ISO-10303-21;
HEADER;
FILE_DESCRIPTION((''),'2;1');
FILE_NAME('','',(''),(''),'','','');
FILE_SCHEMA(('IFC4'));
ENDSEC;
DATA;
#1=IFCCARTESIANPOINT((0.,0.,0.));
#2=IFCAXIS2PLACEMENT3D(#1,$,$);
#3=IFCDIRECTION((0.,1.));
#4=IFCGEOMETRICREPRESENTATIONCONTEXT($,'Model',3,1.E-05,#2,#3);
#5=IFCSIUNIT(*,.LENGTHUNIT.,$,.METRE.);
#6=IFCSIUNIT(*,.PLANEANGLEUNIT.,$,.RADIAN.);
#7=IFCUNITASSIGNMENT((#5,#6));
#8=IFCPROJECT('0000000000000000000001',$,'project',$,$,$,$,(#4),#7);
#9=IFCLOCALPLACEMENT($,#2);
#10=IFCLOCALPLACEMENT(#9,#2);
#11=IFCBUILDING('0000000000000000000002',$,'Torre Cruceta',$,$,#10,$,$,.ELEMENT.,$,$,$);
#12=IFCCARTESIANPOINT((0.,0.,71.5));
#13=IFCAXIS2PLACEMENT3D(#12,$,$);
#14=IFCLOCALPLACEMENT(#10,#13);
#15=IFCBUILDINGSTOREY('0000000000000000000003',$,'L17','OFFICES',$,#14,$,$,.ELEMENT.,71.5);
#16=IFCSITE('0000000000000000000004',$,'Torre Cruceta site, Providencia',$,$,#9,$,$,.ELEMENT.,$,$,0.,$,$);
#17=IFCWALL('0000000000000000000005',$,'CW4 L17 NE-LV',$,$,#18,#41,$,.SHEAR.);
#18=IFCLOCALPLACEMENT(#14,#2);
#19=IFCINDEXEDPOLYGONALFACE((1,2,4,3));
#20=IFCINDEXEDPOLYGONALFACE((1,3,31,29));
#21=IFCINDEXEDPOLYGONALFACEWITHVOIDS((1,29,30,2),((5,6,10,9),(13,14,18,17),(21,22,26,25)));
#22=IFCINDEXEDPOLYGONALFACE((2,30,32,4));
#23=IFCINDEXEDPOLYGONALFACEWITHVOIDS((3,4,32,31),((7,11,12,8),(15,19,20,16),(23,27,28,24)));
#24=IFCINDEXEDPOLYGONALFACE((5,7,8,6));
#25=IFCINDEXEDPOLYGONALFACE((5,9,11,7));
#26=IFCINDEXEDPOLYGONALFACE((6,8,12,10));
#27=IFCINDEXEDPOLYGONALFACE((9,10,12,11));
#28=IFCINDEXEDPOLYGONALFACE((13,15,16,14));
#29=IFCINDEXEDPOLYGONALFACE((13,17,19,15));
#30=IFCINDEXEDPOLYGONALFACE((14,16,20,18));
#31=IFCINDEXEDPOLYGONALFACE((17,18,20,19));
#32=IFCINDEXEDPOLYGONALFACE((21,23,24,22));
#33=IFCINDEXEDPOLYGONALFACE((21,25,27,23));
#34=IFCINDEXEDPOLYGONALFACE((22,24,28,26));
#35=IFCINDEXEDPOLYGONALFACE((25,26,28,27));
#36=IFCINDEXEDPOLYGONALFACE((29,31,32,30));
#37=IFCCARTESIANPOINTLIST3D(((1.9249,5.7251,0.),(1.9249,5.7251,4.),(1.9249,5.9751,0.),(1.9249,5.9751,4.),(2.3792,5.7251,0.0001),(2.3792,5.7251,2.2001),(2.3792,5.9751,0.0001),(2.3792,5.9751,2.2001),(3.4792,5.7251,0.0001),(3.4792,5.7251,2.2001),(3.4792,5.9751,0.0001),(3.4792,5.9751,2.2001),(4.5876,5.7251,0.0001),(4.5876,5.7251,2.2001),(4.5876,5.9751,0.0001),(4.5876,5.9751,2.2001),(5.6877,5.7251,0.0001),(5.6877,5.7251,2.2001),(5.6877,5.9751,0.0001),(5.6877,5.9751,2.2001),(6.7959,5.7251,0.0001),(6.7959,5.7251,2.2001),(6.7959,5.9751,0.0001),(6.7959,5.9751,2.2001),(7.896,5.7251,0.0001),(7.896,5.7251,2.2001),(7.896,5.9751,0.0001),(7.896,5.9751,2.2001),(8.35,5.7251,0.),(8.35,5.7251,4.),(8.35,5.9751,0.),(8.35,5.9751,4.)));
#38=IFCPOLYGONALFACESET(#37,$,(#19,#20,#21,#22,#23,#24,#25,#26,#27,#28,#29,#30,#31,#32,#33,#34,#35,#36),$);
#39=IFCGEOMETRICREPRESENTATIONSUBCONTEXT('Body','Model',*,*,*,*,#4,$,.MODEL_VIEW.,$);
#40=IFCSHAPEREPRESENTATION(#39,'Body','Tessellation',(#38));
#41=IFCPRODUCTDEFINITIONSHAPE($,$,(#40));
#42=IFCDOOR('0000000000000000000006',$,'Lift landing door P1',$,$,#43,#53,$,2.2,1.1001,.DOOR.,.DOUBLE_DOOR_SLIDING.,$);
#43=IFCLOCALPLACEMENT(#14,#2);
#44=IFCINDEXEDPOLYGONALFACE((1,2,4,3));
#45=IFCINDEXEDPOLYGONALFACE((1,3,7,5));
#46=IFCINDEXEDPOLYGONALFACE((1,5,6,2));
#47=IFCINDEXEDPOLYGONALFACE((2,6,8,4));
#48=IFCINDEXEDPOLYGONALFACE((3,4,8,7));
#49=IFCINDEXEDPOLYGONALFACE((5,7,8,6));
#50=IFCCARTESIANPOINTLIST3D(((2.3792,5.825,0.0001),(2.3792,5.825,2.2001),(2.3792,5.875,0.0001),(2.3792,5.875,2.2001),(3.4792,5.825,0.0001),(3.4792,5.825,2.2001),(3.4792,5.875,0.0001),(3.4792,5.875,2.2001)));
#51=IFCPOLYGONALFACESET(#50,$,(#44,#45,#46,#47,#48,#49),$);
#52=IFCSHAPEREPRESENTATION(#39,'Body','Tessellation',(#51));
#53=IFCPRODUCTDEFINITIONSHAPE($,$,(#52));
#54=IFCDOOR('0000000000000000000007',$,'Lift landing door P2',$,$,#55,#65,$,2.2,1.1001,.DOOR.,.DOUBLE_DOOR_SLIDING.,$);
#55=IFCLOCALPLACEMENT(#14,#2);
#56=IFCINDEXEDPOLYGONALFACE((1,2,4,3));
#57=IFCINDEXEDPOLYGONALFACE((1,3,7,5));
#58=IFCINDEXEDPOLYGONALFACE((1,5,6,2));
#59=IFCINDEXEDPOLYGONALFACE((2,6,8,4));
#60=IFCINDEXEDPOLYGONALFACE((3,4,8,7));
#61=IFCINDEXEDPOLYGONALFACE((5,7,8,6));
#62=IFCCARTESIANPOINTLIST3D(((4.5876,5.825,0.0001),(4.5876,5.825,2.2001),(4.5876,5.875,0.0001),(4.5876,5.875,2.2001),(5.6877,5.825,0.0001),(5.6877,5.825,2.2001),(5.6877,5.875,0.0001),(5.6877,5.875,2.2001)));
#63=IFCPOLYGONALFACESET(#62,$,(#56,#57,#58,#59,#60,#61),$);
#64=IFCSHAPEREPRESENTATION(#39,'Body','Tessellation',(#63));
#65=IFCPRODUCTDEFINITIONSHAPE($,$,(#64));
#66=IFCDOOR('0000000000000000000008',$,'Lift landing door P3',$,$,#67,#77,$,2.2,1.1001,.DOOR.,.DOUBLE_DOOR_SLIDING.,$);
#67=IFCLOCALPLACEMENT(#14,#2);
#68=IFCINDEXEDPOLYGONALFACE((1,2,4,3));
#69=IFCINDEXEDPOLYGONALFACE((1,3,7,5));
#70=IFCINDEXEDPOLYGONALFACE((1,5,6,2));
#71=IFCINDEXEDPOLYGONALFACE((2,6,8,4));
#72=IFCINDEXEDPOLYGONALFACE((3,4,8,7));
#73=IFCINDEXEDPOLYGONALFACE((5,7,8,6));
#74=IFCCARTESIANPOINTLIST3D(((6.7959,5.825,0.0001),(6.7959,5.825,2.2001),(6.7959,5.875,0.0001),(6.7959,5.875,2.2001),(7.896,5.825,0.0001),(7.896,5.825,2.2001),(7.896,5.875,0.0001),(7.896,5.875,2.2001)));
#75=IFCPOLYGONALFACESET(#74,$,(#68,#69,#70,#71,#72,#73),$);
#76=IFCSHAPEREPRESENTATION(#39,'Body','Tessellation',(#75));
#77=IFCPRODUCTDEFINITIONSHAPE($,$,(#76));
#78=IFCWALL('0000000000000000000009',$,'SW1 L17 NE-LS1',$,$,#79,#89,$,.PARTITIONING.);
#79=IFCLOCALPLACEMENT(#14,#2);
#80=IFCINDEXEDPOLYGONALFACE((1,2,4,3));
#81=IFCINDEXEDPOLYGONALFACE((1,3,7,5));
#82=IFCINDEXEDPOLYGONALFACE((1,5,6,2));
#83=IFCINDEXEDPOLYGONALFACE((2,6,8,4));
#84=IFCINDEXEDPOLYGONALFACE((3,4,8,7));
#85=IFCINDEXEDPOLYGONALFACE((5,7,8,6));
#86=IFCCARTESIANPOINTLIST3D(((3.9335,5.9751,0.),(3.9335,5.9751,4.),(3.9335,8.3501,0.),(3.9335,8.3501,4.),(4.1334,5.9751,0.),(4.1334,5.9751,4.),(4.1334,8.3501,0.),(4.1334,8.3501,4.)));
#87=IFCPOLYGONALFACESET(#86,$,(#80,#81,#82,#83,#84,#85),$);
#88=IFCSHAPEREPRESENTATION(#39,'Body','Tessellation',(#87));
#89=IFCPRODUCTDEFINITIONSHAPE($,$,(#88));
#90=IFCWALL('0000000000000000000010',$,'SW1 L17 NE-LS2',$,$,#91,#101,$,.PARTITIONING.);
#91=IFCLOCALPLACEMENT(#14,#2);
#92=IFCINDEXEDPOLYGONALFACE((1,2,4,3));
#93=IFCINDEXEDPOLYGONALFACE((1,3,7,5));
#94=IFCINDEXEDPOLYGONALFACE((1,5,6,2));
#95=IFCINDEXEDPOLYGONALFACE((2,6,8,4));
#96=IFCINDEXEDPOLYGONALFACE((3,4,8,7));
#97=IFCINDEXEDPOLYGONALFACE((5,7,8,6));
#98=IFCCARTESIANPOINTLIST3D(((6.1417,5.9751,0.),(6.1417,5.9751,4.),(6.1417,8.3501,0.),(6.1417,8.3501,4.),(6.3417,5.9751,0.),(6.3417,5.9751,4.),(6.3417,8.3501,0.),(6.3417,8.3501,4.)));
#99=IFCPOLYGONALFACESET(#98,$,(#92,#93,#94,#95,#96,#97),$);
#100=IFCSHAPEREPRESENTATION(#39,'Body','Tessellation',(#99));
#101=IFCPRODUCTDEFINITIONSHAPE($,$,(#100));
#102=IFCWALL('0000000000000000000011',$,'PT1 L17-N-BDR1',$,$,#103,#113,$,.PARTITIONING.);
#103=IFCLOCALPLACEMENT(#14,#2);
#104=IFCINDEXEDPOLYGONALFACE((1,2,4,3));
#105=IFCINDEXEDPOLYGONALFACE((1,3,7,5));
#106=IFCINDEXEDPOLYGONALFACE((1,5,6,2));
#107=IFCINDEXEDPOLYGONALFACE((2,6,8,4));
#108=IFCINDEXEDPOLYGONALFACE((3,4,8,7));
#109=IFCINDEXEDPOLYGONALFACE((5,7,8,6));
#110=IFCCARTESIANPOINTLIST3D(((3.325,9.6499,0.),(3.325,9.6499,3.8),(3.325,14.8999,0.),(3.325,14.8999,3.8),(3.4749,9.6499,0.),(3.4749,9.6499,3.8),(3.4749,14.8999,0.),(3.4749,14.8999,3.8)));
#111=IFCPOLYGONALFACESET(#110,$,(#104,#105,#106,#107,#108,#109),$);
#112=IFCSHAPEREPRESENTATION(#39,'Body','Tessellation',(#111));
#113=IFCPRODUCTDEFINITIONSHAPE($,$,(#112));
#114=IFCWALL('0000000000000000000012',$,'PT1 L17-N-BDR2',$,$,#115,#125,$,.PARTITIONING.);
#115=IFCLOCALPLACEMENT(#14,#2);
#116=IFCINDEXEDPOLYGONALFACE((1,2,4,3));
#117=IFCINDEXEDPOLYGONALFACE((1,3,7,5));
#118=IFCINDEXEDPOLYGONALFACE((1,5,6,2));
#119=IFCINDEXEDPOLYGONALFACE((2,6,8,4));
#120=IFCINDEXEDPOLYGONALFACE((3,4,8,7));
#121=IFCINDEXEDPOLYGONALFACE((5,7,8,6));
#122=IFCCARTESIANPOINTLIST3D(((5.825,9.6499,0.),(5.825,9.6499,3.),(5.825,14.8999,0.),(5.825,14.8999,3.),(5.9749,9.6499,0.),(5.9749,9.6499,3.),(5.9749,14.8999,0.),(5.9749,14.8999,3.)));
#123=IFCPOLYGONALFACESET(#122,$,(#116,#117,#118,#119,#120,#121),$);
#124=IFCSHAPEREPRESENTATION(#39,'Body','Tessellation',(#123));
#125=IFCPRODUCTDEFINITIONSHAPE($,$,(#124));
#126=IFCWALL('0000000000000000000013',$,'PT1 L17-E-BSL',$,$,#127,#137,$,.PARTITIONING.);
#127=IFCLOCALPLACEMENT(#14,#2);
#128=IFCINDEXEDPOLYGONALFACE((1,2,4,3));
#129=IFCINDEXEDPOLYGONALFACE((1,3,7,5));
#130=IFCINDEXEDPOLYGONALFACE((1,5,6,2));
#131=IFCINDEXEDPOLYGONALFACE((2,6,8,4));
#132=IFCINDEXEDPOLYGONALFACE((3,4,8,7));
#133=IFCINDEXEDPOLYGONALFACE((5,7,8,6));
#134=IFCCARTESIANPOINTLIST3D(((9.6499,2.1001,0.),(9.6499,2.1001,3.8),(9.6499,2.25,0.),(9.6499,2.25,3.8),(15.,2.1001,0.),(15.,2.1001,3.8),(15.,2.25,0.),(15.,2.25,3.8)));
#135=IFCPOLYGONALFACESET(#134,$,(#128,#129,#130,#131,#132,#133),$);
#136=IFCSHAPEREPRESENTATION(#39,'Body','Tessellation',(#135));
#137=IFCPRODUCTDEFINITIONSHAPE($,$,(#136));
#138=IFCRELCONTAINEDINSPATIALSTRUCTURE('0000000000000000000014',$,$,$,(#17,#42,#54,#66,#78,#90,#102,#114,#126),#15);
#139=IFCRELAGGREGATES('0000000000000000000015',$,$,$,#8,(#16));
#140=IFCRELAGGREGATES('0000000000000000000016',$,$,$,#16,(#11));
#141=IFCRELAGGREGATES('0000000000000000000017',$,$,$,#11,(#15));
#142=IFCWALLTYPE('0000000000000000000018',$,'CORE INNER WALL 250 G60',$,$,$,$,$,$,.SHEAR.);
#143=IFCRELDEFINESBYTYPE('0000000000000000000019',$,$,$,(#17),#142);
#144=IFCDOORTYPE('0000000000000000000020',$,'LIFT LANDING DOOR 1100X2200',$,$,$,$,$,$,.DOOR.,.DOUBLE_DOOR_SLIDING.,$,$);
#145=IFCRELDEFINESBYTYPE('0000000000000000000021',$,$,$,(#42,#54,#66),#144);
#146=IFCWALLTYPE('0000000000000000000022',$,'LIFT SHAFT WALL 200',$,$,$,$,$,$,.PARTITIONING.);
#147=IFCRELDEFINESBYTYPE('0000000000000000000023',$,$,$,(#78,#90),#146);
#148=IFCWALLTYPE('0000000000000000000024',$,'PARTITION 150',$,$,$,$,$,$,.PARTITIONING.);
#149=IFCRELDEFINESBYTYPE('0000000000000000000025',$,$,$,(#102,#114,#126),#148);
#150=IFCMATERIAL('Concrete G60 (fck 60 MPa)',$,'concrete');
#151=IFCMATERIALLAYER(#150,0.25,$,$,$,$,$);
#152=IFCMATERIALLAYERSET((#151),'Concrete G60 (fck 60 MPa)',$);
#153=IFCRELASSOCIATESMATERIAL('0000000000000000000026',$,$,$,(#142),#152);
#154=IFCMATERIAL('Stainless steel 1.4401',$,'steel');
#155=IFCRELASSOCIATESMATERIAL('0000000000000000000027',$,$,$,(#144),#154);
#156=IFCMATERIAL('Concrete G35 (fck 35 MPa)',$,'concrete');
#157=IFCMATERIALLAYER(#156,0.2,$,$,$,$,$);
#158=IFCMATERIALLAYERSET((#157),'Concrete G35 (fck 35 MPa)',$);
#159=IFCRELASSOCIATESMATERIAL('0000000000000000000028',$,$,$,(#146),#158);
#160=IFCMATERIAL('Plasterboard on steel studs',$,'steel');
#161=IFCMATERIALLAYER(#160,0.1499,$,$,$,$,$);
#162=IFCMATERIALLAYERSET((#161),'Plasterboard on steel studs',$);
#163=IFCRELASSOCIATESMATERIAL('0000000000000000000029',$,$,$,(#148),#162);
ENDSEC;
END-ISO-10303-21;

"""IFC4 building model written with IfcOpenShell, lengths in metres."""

from ifc_helpers import new_model, si_unit, direction, frame, frame_2d, origin, place, context, subcontext, project, spatial, rectangle, extrude, material, layer, layer_set, type_object, element, fill, save


model = new_model("IFC4")

# Units and contexts
model_context = context("Model", 3, precision=1e-05, world=origin(), true_north=direction((0.0, 1.0)))
body_context = subcontext(model_context, "Body", "Model", "MODEL_VIEW")
ifc_project = project(units=[si_unit("LENGTHUNIT", "METRE"), si_unit("PLANEANGLEUNIT", "RADIAN")], contexts=[model_context])

# Site, building, storey
site_placement = place(None, origin())
site = spatial("IfcSite", under=ifc_project, at=site_placement, Name="Torre Cruceta site, Providencia", CompositionType="ELEMENT", RefElevation=0.0)
building_placement = place(site_placement, origin())
building = spatial("IfcBuilding", under=site, at=building_placement, Name="Torre Cruceta", CompositionType="ELEMENT")
storey_placement = place(building_placement, frame((0.0, 0.0, 71.5)))
storey = spatial("IfcBuildingStorey", under=building, at=storey_placement, Name="L17", Description="OFFICES", CompositionType="ELEMENT", Elevation=71.5)

# Shared definitions
ifc_material_1 = material(Name="Concrete G60 (fck 60 MPa)", Category="concrete")
ifc_layer_1 = layer(ifc_material_1, 0.25)
ifc_layer_set_1 = layer_set([ifc_layer_1], Name="Concrete G60 (fck 60 MPa)")
wall_type_1 = type_object("IfcWallType", Name="CORE INNER WALL 250 G60", PredefinedType="SHEAR", material=ifc_layer_set_1)

# Wall, openings, doors
wall_1_placement = place(storey_placement, frame((1.925, 5.8501, 0.0), z_axis=(0.0, 0.0, 1.0), x_axis=(1.0, 0.0, 0.0)))
wall_1 = element("IfcWall", 1, at=wall_1_placement, inside=storey, type_object=wall_type_1, Name="CW4 L17 NE-LV", PredefinedType="SHEAR", context=body_context, shape_type="SweptSolid", body=[
    extrude(rectangle(XDim=6.425, YDim=0.25, at=frame_2d((3.2124, 0.0))), origin(), (0.0, 0.0, 1.0), 4.0),
])
opening_1_placement = place(wall_1_placement, frame((0.4541, 0.0, 0.0)))
opening_1 = element("IfcOpeningElement", 2, at=opening_1_placement, cuts=wall_1, PredefinedType="OPENING", context=body_context, shape_type="SweptSolid", body=[
    extrude(rectangle(XDim=1.1001, YDim=2.2, at=frame_2d((0.55, 1.1001))), frame((0.0, 0.135, 0.0), z_axis=(0.0, -1.0, 0.0), x_axis=(1.0, 0.0, 0.0)), (0.0, 0.0, 1.0), 0.27),
])
opening_2_placement = place(wall_1_placement, frame((2.6626, 0.0, 0.0)))
opening_2 = element("IfcOpeningElement", 3, at=opening_2_placement, cuts=wall_1, PredefinedType="OPENING", context=body_context, shape_type="SweptSolid", body=[
    extrude(rectangle(XDim=1.1001, YDim=2.2, at=frame_2d((0.55, 1.1001))), frame((0.0, 0.135, 0.0), z_axis=(0.0, -1.0, 0.0), x_axis=(1.0, 0.0, 0.0)), (0.0, 0.0, 1.0), 0.27),
])
opening_3_placement = place(wall_1_placement, frame((4.8708, 0.0, 0.0)))
opening_3 = element("IfcOpeningElement", 4, at=opening_3_placement, cuts=wall_1, PredefinedType="OPENING", context=body_context, shape_type="SweptSolid", body=[
    extrude(rectangle(XDim=1.1001, YDim=2.2, at=frame_2d((0.55, 1.1001))), frame((0.0, 0.135, 0.0), z_axis=(0.0, -1.0, 0.0), x_axis=(1.0, 0.0, 0.0)), (0.0, 0.0, 1.0), 0.27),
])
ifc_material_2 = material(Name="Stainless steel 1.4401", Category="steel")
door_type_1 = type_object("IfcDoorType", Name="LIFT LANDING DOOR 1100X2200", OperationType="DOUBLE_DOOR_SLIDING", PredefinedType="DOOR", material=ifc_material_2)
door_1_placement = place(opening_1_placement, origin())
door_1 = element("IfcDoor", 5, at=door_1_placement, inside=storey, type_object=door_type_1, Name="Lift landing door P1", OperationType="DOUBLE_DOOR_SLIDING", OverallHeight=2.2, OverallWidth=1.1001, PredefinedType="DOOR", context=body_context, shape_type="SweptSolid", body=[
    extrude(rectangle(XDim=1.1001, YDim=2.2, at=frame_2d((0.55, 1.1001))), frame((0.0, 0.0249, 0.0), z_axis=(0.0, -1.0, 0.0), x_axis=(1.0, 0.0, 0.0)), (0.0, 0.0, 1.0), 0.05),
])
fill(opening_1, door_1)
door_2_placement = place(opening_2_placement, origin())
door_2 = element("IfcDoor", 6, at=door_2_placement, inside=storey, type_object=door_type_1, Name="Lift landing door P2", OperationType="DOUBLE_DOOR_SLIDING", OverallHeight=2.2, OverallWidth=1.1001, PredefinedType="DOOR", context=body_context, shape_type="SweptSolid", body=[
    extrude(rectangle(XDim=1.1001, YDim=2.2, at=frame_2d((0.55, 1.1001))), frame((0.0, 0.0249, 0.0), z_axis=(0.0, -1.0, 0.0), x_axis=(1.0, 0.0, 0.0)), (0.0, 0.0, 1.0), 0.05),
])
fill(opening_2, door_2)
door_3_placement = place(opening_3_placement, origin())
door_3 = element("IfcDoor", 7, at=door_3_placement, inside=storey, type_object=door_type_1, Name="Lift landing door P3", OperationType="DOUBLE_DOOR_SLIDING", OverallHeight=2.2, OverallWidth=1.1001, PredefinedType="DOOR", context=body_context, shape_type="SweptSolid", body=[
    extrude(rectangle(XDim=1.1001, YDim=2.2, at=frame_2d((0.55, 1.1001))), frame((0.0, 0.0249, 0.0), z_axis=(0.0, -1.0, 0.0), x_axis=(1.0, 0.0, 0.0)), (0.0, 0.0, 1.0), 0.05),
])
fill(opening_3, door_3)

# Walls
ifc_material_3 = material(Name="Concrete G35 (fck 35 MPa)", Category="concrete")
ifc_layer_2 = layer(ifc_material_3, 0.2)
ifc_layer_set_2 = layer_set([ifc_layer_2], Name="Concrete G35 (fck 35 MPa)")
wall_type_2 = type_object("IfcWallType", Name="LIFT SHAFT WALL 200", PredefinedType="PARTITIONING", material=ifc_layer_set_2)
for number, where, z_axis, x_axis, name in (
    (8, (4.0334, 5.9751, 0.0), (0.0, 0.0, 1.0), (0.0, 1.0, 0.0), "SW1 L17 NE-LS1"),
    (9, (6.2417, 5.9751, 0.0), (0.0, 0.0, 1.0), (0.0, 1.0, 0.0), "SW1 L17 NE-LS2"),
):
    element("IfcWall", number, at=place(storey_placement, frame(where, z_axis=z_axis, x_axis=x_axis)), inside=storey, type_object=wall_type_2, Name=name, PredefinedType="PARTITIONING", context=body_context, shape_type="SweptSolid", body=[
        extrude(rectangle(XDim=2.375, YDim=0.2, at=frame_2d((1.1875, 0.0))), origin(), (0.0, 0.0, 1.0), 4.0),
    ])
ifc_material_4 = material(Name="Plasterboard on steel studs", Category="steel")
ifc_layer_3 = layer(ifc_material_4, 0.1499)
ifc_layer_set_3 = layer_set([ifc_layer_3], Name="Plasterboard on steel studs")
wall_type_3 = type_object("IfcWallType", Name="PARTITION 150", PredefinedType="PARTITIONING", material=ifc_layer_set_3)
wall_2_placement = place(storey_placement, frame((3.3999, 9.6499, 0.0), z_axis=(0.0, 0.0, 1.0), x_axis=(0.0, 1.0, 0.0)))
element("IfcWall", 10, at=wall_2_placement, inside=storey, type_object=wall_type_3, Name="PT1 L17-N-BDR1", PredefinedType="PARTITIONING", context=body_context, shape_type="SweptSolid", body=[
    extrude(rectangle(XDim=5.25, YDim=0.1499, at=frame_2d((2.625, 0.0))), origin(), (0.0, 0.0, 1.0), 3.8),
])
wall_3_placement = place(storey_placement, frame((5.8999, 9.6499, 0.0), z_axis=(0.0, 0.0, 1.0), x_axis=(0.0, 1.0, 0.0)))
element("IfcWall", 11, at=wall_3_placement, inside=storey, type_object=wall_type_3, Name="PT1 L17-N-BDR2", PredefinedType="PARTITIONING", context=body_context, shape_type="SweptSolid", body=[
    extrude(rectangle(XDim=5.25, YDim=0.1499, at=frame_2d((2.625, 0.0))), origin(), (0.0, 0.0, 1.0), 3.0),
])
wall_4_placement = place(storey_placement, frame((9.6499, 2.175, 0.0), z_axis=(0.0, 0.0, 1.0), x_axis=(1.0, 0.0, 0.0)))
element("IfcWall", 12, at=wall_4_placement, inside=storey, type_object=wall_type_3, Name="PT1 L17-E-BSL", PredefinedType="PARTITIONING", context=body_context, shape_type="SweptSolid", body=[
    extrude(rectangle(XDim=5.3501, YDim=0.1499, at=frame_2d((2.675, 0.0))), origin(), (0.0, 0.0, 1.0), 3.8),
])

save(model, "model.ifc")
